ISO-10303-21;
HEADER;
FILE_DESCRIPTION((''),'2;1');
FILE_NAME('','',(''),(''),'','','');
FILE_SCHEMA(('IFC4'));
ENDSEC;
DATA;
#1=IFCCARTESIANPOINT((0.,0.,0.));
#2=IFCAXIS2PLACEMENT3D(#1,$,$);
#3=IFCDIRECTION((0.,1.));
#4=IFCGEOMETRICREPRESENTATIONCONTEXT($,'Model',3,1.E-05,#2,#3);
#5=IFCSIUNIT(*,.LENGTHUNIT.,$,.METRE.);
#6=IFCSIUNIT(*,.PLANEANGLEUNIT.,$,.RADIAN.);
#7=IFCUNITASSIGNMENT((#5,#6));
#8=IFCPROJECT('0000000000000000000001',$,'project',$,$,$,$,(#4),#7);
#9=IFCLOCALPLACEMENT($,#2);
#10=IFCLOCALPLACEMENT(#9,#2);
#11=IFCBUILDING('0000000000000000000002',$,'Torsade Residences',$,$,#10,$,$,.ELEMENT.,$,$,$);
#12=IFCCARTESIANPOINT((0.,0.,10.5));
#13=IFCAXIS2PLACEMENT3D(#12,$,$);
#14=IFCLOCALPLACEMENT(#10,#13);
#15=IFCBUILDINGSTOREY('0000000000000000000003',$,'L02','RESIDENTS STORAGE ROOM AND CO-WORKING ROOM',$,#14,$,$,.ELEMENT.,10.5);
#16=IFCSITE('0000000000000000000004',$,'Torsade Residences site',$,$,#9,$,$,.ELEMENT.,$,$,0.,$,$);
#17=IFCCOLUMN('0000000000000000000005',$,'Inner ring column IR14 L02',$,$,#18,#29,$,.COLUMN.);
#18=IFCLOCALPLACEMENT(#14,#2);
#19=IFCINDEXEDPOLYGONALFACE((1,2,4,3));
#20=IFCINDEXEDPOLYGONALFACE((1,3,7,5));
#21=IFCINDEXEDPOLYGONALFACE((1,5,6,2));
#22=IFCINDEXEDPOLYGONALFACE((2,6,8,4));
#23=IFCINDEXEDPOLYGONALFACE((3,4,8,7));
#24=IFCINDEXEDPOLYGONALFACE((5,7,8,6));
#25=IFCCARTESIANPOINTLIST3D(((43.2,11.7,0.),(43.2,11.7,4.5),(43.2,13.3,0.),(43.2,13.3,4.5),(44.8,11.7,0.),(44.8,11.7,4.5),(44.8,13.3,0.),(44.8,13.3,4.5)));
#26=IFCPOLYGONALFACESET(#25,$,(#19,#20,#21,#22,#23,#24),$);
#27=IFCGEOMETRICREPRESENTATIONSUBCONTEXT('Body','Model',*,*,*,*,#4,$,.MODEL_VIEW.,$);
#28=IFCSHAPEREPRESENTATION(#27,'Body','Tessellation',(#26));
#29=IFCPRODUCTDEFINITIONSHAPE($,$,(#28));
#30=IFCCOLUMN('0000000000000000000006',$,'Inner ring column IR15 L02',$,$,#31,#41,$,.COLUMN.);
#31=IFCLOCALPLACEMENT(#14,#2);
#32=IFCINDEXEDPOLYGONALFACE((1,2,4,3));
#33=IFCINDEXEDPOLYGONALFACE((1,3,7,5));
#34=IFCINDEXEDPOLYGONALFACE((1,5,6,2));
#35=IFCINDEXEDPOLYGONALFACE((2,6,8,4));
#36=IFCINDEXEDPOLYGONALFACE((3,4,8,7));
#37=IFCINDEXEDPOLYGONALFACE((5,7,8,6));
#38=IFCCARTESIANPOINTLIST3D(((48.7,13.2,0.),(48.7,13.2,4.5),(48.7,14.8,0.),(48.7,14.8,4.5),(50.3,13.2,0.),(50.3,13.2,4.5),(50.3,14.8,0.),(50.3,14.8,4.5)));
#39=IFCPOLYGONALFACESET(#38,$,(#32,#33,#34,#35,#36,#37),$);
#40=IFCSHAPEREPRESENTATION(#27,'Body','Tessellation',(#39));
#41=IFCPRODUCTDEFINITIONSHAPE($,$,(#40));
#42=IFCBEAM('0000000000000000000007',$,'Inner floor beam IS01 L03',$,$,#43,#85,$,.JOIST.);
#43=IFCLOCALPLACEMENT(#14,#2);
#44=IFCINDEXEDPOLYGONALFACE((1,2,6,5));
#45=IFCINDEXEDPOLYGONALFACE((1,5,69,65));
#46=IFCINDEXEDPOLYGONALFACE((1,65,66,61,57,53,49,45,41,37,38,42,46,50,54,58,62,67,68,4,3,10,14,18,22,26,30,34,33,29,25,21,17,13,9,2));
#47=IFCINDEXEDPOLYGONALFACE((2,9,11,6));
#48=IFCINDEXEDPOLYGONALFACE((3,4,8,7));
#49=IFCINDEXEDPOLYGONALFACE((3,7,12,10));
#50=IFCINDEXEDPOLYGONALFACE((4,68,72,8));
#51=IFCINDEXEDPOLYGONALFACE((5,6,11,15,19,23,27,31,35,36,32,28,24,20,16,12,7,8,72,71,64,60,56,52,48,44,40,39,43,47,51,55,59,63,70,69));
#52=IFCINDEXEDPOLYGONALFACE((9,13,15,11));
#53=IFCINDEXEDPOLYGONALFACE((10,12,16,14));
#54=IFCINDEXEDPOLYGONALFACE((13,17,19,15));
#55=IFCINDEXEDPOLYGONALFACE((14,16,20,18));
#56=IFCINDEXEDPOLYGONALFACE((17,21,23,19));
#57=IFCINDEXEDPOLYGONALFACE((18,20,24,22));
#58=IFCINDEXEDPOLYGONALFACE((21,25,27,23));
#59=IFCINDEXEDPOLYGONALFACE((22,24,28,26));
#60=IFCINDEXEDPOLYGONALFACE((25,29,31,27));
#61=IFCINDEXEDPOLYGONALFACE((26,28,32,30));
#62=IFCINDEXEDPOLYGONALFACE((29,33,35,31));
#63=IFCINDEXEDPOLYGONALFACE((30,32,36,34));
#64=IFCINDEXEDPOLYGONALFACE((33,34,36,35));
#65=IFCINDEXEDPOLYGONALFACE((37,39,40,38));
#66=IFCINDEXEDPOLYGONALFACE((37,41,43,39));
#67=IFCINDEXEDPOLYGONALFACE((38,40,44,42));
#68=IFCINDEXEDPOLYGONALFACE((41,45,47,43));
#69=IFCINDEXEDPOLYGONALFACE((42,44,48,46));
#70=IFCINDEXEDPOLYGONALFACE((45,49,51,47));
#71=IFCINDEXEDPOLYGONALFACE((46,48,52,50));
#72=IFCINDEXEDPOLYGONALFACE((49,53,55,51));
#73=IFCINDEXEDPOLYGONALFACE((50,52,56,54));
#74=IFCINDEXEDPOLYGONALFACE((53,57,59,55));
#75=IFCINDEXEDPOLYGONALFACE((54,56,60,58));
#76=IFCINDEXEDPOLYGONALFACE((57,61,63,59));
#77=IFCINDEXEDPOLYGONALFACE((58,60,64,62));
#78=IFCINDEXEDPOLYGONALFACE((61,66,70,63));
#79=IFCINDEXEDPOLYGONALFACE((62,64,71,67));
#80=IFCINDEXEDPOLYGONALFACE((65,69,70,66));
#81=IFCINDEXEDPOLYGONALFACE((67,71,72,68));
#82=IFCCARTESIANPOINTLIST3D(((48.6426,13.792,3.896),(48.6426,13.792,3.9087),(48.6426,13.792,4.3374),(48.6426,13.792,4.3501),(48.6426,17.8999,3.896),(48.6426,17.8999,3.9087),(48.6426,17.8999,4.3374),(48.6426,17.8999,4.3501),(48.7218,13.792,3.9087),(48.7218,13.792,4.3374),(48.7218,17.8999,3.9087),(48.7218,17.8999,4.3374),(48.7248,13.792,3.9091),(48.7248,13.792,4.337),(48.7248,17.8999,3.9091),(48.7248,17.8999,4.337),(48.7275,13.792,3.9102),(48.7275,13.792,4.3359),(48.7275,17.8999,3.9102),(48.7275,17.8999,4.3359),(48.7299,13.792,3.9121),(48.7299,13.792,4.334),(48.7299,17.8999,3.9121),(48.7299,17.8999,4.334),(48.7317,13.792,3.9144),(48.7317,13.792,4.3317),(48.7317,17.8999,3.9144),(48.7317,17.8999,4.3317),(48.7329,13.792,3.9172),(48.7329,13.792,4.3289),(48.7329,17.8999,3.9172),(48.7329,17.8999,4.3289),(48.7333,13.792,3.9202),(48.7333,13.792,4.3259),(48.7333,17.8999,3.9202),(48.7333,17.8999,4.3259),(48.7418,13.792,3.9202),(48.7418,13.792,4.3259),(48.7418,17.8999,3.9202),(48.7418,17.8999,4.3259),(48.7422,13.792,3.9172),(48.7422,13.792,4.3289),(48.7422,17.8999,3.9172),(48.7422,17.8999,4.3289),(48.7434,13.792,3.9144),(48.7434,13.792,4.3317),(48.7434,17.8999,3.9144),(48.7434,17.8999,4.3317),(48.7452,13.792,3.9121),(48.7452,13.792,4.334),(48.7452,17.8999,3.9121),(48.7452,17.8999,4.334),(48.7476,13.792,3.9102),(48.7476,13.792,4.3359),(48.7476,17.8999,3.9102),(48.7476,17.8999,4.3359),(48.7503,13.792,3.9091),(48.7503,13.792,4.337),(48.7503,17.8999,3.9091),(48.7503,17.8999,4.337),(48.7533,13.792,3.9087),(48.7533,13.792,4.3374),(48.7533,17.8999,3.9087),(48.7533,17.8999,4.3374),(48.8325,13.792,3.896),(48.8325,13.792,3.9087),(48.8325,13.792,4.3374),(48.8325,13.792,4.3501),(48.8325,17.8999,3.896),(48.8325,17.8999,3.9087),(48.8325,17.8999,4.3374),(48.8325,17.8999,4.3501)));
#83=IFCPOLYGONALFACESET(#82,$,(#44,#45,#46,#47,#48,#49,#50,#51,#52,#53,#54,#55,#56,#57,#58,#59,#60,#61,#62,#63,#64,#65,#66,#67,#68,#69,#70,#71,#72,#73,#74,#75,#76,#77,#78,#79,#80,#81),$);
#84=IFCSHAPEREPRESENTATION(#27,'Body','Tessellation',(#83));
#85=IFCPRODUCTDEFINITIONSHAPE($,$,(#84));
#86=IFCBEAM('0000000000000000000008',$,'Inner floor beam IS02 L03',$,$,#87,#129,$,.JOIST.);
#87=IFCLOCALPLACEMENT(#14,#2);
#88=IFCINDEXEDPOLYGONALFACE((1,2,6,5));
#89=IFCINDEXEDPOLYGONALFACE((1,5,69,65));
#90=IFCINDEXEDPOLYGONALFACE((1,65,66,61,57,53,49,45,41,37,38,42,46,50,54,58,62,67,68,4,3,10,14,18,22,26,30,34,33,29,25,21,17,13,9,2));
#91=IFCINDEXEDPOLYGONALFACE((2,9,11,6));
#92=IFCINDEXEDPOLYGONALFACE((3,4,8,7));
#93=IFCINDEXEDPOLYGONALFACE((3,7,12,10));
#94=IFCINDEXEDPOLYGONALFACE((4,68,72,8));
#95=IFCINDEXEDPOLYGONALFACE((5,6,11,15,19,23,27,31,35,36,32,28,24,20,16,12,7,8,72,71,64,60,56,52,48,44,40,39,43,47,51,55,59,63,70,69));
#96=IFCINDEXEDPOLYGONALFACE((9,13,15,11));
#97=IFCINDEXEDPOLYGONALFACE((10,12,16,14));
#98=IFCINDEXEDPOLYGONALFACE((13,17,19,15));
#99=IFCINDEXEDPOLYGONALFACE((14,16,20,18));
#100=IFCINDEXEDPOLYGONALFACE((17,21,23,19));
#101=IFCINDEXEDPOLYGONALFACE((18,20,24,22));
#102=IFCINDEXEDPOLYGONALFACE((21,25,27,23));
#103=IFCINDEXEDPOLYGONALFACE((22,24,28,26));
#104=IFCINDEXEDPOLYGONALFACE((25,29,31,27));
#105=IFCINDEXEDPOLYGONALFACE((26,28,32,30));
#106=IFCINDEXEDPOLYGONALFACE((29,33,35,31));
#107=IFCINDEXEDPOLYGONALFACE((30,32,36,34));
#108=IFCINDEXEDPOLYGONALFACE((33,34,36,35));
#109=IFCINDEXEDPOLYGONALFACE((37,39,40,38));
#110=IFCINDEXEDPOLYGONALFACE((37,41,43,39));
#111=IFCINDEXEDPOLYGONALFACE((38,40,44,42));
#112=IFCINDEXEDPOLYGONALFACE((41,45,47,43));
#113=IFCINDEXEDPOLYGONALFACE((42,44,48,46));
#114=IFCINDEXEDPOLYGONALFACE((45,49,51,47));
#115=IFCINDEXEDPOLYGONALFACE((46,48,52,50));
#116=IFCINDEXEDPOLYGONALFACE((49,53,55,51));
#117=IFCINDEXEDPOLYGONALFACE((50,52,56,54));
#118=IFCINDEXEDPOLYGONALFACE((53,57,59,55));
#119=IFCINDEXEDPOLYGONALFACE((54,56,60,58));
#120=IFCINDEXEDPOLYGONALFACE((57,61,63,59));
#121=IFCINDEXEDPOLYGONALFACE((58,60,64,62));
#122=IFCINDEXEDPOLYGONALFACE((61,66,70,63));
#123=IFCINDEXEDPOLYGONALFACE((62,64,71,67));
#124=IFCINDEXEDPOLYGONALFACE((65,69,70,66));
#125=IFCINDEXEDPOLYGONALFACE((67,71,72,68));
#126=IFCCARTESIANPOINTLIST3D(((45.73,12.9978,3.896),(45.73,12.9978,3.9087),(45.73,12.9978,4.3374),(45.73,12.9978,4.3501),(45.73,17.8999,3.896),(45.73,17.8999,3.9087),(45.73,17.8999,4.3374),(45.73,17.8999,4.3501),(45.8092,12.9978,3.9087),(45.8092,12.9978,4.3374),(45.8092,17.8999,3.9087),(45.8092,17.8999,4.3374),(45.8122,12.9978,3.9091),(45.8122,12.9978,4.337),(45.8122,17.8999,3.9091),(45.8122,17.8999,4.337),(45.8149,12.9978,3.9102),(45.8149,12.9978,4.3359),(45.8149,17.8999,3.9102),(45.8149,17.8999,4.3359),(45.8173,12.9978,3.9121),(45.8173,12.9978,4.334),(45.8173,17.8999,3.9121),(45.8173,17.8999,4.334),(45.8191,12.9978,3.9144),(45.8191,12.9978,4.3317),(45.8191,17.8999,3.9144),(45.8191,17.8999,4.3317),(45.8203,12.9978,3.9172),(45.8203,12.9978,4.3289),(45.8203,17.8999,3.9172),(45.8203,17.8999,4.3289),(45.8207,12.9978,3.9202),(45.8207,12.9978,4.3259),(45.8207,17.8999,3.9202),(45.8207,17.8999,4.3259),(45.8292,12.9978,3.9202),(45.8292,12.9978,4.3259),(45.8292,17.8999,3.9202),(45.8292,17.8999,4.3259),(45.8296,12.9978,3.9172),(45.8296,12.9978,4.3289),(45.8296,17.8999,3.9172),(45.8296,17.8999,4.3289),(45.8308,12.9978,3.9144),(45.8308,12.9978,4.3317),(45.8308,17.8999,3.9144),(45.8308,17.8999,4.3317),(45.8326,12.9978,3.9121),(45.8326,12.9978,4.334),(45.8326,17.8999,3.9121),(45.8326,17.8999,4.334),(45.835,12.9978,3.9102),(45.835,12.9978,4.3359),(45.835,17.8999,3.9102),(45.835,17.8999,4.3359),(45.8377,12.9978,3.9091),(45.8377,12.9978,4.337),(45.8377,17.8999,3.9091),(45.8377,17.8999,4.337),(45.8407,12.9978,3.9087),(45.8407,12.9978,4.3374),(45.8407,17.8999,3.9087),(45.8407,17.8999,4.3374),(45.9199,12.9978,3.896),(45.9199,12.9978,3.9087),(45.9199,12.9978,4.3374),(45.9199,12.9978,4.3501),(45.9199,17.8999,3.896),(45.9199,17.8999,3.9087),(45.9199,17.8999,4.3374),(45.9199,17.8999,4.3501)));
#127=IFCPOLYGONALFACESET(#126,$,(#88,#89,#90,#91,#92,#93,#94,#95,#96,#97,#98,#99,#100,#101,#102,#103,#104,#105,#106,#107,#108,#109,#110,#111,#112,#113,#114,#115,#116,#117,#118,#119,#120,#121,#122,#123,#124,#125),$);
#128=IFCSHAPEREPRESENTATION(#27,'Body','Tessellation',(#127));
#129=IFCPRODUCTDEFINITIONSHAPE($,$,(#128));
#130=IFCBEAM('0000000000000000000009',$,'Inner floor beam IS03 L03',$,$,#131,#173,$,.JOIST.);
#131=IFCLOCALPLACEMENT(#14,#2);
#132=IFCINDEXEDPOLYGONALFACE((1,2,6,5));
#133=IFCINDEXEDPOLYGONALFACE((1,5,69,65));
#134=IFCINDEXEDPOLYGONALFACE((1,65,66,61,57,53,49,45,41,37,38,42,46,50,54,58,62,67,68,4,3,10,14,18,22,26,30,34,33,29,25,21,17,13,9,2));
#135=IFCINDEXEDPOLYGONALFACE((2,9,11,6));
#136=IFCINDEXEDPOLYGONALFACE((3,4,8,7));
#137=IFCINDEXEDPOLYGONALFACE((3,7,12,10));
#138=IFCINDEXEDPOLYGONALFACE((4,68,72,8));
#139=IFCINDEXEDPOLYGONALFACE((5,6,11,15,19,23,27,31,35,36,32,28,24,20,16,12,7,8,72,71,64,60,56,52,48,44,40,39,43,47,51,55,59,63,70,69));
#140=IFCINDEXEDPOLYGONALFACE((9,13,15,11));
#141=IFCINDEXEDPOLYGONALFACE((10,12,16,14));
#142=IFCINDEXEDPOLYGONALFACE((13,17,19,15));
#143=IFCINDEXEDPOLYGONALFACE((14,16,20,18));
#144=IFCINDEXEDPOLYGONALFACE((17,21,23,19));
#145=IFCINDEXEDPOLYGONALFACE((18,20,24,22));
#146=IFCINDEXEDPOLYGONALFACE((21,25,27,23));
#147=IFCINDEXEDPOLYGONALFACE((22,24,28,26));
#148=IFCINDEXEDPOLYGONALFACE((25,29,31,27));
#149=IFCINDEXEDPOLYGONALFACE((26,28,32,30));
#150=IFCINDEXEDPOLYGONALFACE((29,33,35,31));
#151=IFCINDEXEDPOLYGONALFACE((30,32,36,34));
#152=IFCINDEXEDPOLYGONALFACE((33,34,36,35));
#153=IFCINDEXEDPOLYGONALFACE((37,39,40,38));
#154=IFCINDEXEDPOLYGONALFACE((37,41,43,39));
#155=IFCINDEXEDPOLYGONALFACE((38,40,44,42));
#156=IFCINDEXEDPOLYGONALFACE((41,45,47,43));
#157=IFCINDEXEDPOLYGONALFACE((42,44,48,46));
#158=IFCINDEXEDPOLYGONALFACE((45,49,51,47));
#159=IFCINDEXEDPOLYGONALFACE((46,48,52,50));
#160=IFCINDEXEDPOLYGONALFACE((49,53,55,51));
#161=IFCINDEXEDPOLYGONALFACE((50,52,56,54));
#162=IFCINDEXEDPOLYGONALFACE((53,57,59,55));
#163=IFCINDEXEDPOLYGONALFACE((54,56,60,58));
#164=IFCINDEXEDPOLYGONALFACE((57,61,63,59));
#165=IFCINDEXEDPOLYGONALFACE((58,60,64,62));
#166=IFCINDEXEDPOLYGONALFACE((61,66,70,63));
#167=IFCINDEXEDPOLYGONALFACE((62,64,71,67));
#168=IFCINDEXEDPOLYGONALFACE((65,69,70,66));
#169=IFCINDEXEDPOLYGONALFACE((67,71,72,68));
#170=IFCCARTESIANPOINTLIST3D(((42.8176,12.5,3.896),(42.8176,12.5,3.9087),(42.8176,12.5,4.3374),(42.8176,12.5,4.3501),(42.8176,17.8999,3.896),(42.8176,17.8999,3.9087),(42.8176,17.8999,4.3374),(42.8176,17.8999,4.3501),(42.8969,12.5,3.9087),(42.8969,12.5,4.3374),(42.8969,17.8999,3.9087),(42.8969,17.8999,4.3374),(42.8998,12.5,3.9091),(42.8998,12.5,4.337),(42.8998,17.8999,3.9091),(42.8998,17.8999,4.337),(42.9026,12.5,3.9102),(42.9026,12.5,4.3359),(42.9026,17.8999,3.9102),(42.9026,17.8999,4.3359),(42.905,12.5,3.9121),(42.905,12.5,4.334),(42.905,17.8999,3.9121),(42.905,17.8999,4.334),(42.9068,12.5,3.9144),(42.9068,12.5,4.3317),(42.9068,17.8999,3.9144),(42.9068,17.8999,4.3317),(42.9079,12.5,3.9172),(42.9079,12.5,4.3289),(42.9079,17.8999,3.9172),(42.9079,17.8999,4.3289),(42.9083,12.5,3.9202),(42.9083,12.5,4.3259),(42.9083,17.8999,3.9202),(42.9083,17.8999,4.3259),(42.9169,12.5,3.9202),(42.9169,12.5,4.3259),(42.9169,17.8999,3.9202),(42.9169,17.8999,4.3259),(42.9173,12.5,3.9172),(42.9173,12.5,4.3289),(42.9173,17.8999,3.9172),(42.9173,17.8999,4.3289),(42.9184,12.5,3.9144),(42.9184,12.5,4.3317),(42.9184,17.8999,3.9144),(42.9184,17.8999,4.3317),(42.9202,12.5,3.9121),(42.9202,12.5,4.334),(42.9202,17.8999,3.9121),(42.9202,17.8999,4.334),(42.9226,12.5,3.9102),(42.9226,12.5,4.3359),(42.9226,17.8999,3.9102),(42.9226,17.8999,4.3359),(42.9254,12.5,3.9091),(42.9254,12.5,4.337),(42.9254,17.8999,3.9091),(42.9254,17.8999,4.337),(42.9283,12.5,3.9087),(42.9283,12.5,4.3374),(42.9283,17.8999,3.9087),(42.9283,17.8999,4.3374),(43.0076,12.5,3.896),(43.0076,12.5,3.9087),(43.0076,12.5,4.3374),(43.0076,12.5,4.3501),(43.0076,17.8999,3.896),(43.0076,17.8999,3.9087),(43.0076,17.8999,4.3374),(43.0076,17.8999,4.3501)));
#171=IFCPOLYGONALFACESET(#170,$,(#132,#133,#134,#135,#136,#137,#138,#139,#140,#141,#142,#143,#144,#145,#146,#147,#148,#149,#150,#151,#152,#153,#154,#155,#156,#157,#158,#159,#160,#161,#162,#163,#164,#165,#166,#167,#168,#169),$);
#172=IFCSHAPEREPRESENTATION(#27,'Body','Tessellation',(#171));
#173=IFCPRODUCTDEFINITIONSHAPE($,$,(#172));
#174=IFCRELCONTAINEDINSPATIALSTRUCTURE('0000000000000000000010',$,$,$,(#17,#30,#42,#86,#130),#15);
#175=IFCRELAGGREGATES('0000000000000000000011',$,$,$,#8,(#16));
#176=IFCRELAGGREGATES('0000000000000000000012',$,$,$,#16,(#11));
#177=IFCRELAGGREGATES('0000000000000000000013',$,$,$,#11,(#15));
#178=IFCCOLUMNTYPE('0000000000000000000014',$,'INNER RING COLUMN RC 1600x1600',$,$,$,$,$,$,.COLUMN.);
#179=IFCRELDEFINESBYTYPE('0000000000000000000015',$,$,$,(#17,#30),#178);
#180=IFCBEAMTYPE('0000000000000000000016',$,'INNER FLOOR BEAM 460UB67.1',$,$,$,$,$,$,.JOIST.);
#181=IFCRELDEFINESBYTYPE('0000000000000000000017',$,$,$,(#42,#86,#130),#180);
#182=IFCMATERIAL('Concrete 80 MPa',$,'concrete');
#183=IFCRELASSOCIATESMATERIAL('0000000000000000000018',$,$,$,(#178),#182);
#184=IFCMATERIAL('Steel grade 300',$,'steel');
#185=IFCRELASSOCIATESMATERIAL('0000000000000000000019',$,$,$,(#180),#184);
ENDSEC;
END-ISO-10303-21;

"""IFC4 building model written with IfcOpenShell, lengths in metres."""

from ifc_helpers import new_model, si_unit, direction, frame, origin, origin_2d, place, context, subcontext, project, spatial, rectangle, i_section, extrude, material, material_profile, profile_set, type_object, element, save


model = new_model("IFC4")

# Units and contexts
model_context = context("Model", 3, precision=1e-05, world=origin(), true_north=direction((0.0, 1.0)))
body_context = subcontext(model_context, "Body", "Model", "MODEL_VIEW")
ifc_project = project(units=[si_unit("LENGTHUNIT", "METRE"), si_unit("PLANEANGLEUNIT", "RADIAN")], contexts=[model_context])

# Site, building, storey
site_placement = place(None, origin())
site = spatial("IfcSite", under=ifc_project, at=site_placement, Name="Torsade Residences site", CompositionType="ELEMENT", RefElevation=0.0)
building_placement = place(site_placement, origin())
building = spatial("IfcBuilding", under=site, at=building_placement, Name="Torsade Residences", CompositionType="ELEMENT")
storey_placement = place(building_placement, frame((0.0, 0.0, 10.5)))
storey = spatial("IfcBuildingStorey", under=building, at=storey_placement, Name="L02", Description="RESIDENTS STORAGE ROOM AND CO-WORKING ROOM", CompositionType="ELEMENT", Elevation=10.5)

# Columns
ifc_material_1 = material(Name="Concrete 80 MPa", Category="concrete")
ifc_material_profile_1 = material_profile(ifc_material_1, rectangle(XDim=1.6001, YDim=1.6001, at=origin_2d()), Name="RC 1600x1600")
ifc_profile_set_1 = profile_set([ifc_material_profile_1], Name="Concrete 80 MPa")
column_type = type_object("IfcColumnType", Name="INNER RING COLUMN RC 1600x1600", PredefinedType="COLUMN", material=ifc_profile_set_1)
for number, where, z_axis, x_axis, name in (
    (1, (44.0, 12.5, 0.0), (0.0, 0.0, 1.0), (1.0, 0.0, 0.0), "Inner ring column IR14 L02"),
    (2, (49.5, 14.0, 0.0), (0.0, 0.0, 1.0), (1.0, 0.0, 0.0), "Inner ring column IR15 L02"),
):
    element("IfcColumn", number, at=place(storey_placement, frame(where, z_axis=z_axis, x_axis=x_axis)), inside=storey, type_object=column_type, Name=name, PredefinedType="COLUMN", context=body_context, shape_type="SweptSolid", body=[
        extrude(rectangle(XDim=1.6001, YDim=1.6001, at=origin_2d()), origin(), (0.0, 0.0, 1.0), 4.5),
    ])

# Beams
ifc_material_2 = material(Name="Steel grade 300", Category="steel")
ifc_material_profile_2 = material_profile(ifc_material_2, i_section(OverallWidth=0.1899, OverallDepth=0.4541, WebThickness=0.0085, FlangeThickness=0.0127, FilletRadius=0.0115, at=origin_2d()), Name="460UB67.1")
ifc_profile_set_2 = profile_set([ifc_material_profile_2], Name="Steel grade 300")
beam_type_1 = type_object("IfcBeamType", Name="INNER FLOOR BEAM 460UB67.1", PredefinedType="JOIST", material=ifc_profile_set_2)
beam_1_placement = place(storey_placement, frame((48.7375, 17.8999, 4.123), z_axis=(0.0, -1.0, 0.0), x_axis=(1.0, 0.0, 0.0)))
element("IfcBeam", 3, at=beam_1_placement, inside=storey, type_object=beam_type_1, Name="Inner floor beam IS01 L03", PredefinedType="JOIST", context=body_context, shape_type="SweptSolid", body=[
    extrude(i_section(OverallWidth=0.1899, OverallDepth=0.4541, WebThickness=0.0085, FlangeThickness=0.0127, FilletRadius=0.0115, at=origin_2d()), origin(), (0.0, 0.0, 1.0), 4.1079),
])
beam_2_placement = place(storey_placement, frame((45.825, 17.8999, 4.123), z_axis=(0.0, -1.0, 0.0), x_axis=(1.0, 0.0, 0.0)))
element("IfcBeam", 4, at=beam_2_placement, inside=storey, type_object=beam_type_1, Name="Inner floor beam IS02 L03", PredefinedType="JOIST", context=body_context, shape_type="SweptSolid", body=[
    extrude(i_section(OverallWidth=0.1899, OverallDepth=0.4541, WebThickness=0.0085, FlangeThickness=0.0127, FilletRadius=0.0115, at=origin_2d()), origin(), (0.0, 0.0, 1.0), 4.9021),
])
for number, where, z_axis, x_axis, name in (
    (5, (42.9126, 17.8999, 4.123), (0.0, -1.0, 0.0), (1.0, 0.0, 0.0), "Inner floor beam IS03 L03"),
):
    element("IfcBeam", number, at=place(storey_placement, frame(where, z_axis=z_axis, x_axis=x_axis)), inside=storey, type_object=beam_type_1, Name=name, PredefinedType="JOIST", context=body_context, shape_type="SweptSolid", body=[
        extrude(i_section(OverallWidth=0.1899, OverallDepth=0.4541, WebThickness=0.0085, FlangeThickness=0.0127, FilletRadius=0.0115, at=origin_2d()), origin(), (0.0, 0.0, 1.0), 5.3999),
    ])

save(model, "model.ifc")
